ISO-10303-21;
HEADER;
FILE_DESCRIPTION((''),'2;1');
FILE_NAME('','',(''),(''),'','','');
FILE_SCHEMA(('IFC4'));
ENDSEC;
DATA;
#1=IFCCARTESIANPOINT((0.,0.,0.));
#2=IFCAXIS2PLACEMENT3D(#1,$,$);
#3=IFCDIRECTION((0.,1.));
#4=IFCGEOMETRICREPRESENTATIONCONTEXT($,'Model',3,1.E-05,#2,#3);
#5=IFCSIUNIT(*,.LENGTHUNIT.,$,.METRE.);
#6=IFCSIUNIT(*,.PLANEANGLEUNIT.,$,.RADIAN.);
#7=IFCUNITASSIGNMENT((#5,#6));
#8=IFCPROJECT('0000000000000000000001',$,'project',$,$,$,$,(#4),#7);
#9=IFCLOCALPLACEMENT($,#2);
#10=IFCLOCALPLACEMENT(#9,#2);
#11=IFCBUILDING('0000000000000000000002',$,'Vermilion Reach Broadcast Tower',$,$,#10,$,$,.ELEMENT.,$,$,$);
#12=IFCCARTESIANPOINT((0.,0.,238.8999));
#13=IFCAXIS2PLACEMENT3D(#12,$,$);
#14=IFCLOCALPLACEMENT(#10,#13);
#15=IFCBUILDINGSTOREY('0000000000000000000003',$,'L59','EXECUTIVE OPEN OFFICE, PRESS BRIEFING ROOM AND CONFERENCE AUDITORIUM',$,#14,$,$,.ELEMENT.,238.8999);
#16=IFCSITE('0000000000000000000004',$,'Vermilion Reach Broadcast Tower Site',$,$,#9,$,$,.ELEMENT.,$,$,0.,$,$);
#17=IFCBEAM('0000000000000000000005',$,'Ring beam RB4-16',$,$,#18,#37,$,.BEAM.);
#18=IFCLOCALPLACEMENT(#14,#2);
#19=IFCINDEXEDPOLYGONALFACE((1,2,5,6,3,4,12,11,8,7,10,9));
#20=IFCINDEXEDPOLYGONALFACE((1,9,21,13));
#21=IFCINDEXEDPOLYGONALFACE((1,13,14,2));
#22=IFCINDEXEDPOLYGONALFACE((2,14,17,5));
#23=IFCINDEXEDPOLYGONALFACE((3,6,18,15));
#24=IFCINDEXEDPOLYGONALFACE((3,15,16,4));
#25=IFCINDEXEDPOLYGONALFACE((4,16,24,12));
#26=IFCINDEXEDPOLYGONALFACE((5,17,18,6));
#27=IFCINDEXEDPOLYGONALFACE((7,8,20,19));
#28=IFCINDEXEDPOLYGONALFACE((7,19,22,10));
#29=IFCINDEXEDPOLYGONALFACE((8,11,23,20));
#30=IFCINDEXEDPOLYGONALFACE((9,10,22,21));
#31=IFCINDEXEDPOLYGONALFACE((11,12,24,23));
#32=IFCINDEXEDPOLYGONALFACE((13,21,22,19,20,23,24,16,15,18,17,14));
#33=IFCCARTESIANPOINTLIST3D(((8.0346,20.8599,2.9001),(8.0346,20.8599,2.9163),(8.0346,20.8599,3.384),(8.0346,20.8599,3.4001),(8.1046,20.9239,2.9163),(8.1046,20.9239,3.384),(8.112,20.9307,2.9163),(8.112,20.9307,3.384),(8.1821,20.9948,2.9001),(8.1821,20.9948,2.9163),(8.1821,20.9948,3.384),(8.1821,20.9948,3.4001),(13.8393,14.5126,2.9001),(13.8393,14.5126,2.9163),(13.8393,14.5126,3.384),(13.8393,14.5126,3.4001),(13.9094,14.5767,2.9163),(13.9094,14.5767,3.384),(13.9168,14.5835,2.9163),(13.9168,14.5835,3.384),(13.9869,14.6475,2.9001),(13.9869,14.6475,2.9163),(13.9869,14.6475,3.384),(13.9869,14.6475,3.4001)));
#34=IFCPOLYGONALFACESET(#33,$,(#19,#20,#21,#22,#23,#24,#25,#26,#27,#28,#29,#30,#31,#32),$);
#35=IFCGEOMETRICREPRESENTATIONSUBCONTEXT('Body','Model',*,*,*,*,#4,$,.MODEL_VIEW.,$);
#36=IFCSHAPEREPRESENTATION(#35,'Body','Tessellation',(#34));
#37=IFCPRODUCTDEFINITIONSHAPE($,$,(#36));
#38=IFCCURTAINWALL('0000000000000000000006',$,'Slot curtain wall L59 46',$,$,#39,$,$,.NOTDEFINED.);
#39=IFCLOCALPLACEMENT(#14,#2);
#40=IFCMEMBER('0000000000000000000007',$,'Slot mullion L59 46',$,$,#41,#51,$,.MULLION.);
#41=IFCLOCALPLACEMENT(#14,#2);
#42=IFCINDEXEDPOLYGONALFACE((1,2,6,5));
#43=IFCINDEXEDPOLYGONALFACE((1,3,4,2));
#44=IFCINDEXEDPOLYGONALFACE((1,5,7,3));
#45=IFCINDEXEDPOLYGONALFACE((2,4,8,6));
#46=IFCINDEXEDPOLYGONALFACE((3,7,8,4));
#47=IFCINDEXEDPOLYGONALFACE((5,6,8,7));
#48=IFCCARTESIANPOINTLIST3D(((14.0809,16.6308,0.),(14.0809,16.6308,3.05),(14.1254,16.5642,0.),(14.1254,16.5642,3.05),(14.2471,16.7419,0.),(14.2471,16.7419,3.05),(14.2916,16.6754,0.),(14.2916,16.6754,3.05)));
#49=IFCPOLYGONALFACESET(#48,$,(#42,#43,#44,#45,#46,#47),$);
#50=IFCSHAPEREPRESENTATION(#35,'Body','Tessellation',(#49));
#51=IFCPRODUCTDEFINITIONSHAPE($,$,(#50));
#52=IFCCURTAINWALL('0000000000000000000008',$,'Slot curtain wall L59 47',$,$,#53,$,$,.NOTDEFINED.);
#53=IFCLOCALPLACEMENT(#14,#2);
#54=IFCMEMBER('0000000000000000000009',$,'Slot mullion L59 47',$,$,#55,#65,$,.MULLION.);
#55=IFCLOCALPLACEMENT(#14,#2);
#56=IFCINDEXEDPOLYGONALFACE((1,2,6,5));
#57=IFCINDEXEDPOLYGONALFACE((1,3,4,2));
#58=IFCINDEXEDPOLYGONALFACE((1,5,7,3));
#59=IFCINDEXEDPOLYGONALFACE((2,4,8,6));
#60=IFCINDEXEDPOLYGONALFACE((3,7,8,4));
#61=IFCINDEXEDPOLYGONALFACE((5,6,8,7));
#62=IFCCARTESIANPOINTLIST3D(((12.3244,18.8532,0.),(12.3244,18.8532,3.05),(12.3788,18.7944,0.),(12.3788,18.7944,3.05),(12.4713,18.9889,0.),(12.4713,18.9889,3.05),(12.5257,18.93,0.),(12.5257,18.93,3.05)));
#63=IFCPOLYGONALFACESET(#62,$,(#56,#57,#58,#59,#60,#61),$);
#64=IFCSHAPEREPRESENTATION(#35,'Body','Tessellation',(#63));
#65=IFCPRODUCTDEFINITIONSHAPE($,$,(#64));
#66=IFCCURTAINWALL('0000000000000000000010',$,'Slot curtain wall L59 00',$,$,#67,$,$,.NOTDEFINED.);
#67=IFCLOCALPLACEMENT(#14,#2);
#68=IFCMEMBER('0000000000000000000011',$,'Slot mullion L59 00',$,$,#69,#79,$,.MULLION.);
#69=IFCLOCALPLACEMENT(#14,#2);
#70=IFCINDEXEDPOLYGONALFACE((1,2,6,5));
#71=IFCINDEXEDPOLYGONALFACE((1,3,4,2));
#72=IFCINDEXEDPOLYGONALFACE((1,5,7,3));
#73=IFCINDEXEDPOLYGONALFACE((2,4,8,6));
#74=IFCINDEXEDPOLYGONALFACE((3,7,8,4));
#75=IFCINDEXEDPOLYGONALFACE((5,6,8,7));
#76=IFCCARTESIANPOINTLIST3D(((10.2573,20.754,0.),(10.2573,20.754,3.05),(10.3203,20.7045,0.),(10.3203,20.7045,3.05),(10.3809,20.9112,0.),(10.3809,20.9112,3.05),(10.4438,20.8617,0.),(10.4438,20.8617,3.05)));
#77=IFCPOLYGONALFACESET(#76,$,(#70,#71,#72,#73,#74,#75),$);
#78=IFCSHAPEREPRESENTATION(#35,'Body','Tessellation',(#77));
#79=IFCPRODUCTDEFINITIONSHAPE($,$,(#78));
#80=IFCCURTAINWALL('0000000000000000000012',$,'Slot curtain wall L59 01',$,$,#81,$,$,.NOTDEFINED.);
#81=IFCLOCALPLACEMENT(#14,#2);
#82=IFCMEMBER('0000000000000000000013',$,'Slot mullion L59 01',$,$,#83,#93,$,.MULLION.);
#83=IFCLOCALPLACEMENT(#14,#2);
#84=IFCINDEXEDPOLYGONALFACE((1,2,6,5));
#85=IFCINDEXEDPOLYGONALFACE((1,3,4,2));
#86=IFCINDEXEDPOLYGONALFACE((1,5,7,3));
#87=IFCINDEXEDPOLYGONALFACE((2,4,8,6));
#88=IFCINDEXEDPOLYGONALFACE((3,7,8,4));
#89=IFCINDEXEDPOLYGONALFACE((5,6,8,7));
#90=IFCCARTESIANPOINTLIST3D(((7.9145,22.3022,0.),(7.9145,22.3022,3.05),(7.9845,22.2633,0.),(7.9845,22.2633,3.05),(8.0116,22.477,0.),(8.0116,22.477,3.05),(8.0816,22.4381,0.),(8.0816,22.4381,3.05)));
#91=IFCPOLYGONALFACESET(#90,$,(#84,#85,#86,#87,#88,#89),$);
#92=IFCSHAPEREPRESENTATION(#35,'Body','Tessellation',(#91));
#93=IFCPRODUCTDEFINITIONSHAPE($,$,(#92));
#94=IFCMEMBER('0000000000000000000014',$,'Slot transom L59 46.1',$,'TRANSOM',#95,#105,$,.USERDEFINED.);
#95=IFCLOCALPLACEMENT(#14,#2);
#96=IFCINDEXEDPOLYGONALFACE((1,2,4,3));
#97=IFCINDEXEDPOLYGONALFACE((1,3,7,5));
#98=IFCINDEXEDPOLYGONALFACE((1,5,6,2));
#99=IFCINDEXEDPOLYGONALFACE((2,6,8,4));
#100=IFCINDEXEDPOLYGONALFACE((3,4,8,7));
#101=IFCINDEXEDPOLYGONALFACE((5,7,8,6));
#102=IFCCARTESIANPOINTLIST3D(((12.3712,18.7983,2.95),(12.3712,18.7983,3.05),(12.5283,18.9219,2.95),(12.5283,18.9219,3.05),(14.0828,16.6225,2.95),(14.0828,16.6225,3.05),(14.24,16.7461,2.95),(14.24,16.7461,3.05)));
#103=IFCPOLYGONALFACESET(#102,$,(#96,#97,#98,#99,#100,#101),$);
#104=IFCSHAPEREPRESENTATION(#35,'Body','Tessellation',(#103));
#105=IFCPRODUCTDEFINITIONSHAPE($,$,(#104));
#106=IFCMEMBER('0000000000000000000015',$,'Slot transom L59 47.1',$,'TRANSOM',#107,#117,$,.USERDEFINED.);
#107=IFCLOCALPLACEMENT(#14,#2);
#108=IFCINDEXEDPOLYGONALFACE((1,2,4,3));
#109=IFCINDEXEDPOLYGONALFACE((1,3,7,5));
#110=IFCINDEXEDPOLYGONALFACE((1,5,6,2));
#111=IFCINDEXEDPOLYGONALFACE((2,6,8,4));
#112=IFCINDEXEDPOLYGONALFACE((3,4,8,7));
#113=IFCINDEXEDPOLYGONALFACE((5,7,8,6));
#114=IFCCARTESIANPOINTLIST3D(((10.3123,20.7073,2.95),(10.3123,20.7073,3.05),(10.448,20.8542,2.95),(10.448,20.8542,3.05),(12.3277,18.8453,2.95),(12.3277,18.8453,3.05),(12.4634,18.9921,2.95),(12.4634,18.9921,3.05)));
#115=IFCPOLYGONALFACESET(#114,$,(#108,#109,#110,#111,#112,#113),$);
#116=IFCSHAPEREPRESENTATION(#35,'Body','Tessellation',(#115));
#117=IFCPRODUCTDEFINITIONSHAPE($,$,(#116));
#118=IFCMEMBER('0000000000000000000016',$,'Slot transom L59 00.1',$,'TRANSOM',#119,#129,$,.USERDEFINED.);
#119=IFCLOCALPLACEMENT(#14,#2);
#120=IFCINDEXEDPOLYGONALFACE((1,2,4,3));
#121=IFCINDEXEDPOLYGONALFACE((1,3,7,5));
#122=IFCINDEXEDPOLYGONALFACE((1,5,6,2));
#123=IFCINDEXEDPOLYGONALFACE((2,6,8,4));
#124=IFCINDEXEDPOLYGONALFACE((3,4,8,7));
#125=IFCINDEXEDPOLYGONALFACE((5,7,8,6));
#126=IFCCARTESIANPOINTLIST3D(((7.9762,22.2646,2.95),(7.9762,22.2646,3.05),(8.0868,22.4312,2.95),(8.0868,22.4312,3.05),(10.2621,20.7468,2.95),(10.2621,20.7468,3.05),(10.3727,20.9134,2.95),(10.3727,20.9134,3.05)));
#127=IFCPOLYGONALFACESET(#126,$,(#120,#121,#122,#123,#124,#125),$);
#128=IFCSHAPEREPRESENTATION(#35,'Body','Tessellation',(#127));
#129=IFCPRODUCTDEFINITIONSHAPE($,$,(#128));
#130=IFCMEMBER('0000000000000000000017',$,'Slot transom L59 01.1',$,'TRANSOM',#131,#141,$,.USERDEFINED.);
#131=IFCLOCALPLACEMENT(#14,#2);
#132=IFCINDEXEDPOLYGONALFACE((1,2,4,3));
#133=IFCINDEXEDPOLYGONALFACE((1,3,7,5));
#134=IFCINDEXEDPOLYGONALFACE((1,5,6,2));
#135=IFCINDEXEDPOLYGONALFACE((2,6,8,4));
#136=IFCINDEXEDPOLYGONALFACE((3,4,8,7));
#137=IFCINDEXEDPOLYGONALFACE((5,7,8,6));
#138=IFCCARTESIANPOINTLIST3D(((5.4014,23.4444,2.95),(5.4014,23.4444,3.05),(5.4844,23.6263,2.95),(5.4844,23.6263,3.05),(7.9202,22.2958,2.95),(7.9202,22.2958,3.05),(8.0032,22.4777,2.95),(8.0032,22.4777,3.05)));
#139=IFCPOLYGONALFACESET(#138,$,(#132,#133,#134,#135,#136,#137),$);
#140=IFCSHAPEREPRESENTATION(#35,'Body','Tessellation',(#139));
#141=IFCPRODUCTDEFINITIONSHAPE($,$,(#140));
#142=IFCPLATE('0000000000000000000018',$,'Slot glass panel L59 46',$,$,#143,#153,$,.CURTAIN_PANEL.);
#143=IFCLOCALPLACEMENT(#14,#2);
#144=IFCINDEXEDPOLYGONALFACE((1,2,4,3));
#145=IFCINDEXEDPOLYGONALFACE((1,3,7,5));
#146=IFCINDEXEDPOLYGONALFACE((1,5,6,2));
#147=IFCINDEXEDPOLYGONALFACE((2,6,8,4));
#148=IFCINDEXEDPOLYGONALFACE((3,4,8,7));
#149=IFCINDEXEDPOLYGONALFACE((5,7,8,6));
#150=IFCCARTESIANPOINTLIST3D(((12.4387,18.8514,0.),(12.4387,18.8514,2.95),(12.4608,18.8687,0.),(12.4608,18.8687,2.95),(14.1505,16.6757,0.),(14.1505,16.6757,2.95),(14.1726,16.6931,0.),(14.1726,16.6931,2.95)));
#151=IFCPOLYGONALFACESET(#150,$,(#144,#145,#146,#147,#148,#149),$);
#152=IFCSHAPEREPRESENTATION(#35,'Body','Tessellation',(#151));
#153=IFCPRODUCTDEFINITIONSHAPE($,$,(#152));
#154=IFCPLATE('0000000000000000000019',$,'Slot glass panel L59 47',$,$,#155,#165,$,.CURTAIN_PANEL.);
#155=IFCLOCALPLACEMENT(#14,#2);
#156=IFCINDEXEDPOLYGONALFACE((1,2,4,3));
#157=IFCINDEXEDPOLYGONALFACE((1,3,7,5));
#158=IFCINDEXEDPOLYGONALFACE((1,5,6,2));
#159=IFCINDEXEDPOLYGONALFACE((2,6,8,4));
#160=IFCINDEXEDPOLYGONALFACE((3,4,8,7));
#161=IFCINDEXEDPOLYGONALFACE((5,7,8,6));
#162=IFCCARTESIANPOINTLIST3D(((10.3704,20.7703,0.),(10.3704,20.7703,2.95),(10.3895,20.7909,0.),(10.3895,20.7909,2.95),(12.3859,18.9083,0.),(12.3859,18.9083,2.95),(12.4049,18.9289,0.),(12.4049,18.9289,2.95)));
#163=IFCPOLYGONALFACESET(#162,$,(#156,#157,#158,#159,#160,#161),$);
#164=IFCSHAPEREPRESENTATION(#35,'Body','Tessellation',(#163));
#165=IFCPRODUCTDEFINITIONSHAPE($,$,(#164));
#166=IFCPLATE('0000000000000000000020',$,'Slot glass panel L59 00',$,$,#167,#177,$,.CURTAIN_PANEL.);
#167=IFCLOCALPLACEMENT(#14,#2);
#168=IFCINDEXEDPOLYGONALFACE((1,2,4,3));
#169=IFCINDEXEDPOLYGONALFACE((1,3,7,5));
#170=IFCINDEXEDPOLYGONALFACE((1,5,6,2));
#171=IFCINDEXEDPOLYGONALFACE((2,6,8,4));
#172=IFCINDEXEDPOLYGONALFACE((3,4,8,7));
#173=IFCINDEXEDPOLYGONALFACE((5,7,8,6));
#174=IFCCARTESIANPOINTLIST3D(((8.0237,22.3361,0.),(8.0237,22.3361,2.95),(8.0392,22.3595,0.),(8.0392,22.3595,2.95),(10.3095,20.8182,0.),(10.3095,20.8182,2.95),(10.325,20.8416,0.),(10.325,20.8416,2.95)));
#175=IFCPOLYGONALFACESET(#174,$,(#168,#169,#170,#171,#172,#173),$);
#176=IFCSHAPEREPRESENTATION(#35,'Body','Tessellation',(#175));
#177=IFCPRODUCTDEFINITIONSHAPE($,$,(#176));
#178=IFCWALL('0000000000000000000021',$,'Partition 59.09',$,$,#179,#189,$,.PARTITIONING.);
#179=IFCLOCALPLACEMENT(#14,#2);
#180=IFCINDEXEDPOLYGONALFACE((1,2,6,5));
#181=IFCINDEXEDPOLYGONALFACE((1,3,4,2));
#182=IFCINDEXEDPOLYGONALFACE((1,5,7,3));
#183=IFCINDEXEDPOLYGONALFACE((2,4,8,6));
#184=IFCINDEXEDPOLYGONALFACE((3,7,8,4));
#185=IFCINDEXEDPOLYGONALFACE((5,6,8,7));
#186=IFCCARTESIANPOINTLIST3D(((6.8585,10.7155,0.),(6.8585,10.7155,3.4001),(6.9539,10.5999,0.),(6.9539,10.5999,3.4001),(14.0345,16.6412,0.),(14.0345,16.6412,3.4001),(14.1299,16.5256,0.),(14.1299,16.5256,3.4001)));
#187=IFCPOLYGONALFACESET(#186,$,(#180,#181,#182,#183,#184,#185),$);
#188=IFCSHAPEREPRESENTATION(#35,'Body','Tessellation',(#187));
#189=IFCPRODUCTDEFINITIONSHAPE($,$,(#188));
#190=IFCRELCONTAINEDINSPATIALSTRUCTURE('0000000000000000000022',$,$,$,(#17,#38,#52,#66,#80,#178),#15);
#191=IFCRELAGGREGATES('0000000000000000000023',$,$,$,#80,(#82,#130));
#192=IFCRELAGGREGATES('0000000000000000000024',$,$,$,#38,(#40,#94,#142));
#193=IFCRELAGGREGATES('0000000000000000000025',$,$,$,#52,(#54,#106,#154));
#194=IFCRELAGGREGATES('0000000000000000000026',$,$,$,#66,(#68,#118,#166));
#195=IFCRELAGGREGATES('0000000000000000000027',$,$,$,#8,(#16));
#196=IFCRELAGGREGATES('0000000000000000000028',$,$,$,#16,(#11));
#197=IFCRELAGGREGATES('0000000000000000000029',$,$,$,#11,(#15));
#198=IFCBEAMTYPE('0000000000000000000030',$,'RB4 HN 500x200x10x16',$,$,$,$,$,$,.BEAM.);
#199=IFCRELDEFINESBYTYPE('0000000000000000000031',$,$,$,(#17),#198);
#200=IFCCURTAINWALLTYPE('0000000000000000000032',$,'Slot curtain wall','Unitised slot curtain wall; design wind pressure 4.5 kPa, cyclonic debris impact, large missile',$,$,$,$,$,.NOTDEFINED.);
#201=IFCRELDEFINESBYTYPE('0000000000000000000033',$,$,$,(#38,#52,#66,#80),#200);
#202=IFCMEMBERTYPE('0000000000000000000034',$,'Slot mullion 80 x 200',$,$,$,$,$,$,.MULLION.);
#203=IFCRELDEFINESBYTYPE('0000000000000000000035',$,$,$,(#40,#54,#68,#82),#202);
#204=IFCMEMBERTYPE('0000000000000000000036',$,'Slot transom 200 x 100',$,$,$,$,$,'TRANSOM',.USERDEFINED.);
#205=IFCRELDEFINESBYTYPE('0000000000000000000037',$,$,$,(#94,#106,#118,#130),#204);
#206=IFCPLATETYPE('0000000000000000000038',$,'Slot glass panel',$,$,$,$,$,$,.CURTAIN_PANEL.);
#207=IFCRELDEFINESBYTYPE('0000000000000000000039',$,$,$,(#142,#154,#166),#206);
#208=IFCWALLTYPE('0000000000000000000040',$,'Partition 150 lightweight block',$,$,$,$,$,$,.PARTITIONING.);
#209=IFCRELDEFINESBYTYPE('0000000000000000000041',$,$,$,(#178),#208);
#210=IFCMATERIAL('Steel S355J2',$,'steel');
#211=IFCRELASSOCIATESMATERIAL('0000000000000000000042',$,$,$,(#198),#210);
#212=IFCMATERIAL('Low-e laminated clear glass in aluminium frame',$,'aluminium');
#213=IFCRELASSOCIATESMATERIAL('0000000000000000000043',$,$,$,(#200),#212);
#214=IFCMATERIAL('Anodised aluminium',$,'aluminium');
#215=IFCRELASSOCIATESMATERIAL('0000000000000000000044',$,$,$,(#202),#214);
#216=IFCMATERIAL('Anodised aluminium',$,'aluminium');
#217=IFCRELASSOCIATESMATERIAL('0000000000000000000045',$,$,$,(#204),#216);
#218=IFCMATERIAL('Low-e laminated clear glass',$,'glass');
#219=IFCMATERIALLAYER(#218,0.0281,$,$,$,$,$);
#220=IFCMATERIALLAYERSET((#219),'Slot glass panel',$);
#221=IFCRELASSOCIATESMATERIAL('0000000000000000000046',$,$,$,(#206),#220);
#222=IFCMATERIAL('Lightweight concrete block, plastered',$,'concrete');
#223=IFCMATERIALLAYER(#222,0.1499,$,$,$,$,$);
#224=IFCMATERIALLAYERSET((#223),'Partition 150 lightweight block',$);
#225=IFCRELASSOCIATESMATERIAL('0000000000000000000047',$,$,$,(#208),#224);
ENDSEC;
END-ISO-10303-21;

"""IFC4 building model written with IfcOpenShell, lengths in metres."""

from ifc_helpers import new_model, si_unit, direction, frame, frame_2d, origin, origin_2d, place, context, subcontext, project, spatial, rectangle, i_section, extrude, material, layer, layer_set, material_profile, profile_set, type_object, element, aggregate, save


model = new_model("IFC4")

# Units and contexts
model_context = context("Model", 3, precision=1e-05, world=origin(), true_north=direction((0.0, 1.0)))
body_context = subcontext(model_context, "Body", "Model", "MODEL_VIEW")
ifc_project = project(units=[si_unit("LENGTHUNIT", "METRE"), si_unit("PLANEANGLEUNIT", "RADIAN")], contexts=[model_context])

# Site, building, storey
site_placement = place(None, origin())
site = spatial("IfcSite", under=ifc_project, at=site_placement, Name="Vermilion Reach Broadcast Tower Site", CompositionType="ELEMENT", RefElevation=0.0)
building_placement = place(site_placement, origin())
building = spatial("IfcBuilding", under=site, at=building_placement, Name="Vermilion Reach Broadcast Tower", CompositionType="ELEMENT")
storey_placement = place(building_placement, frame((0.0, 0.0, 238.8999)))
storey = spatial("IfcBuildingStorey", under=building, at=storey_placement, Name="L59", Description="EXECUTIVE OPEN OFFICE, PRESS BRIEFING ROOM AND CONFERENCE AUDITORIUM", CompositionType="ELEMENT", Elevation=238.8999)

# Beam
ifc_material_1 = material(Name="Steel S355J2", Category="steel")
ifc_material_profile_1 = material_profile(ifc_material_1, i_section(OverallWidth=0.2, OverallDepth=0.5, WebThickness=0.01, FlangeThickness=0.0161, at=origin_2d()), Name="S355J2 HN 500x200x10x16")
ifc_profile_set_1 = profile_set([ifc_material_profile_1], Name="Steel S355J2")
beam_type_1 = type_object("IfcBeamType", Name="RB4 HN 500x200x10x16", PredefinedType="BEAM", material=ifc_profile_set_1)
beam_1_placement = place(storey_placement, frame((13.9131, 14.5801, 3.1501), z_axis=(-0.674868, 0.737938, 0.0), x_axis=(-0.737938, -0.674868, 0.0)))
element("IfcBeam", 1, at=beam_1_placement, inside=storey, type_object=beam_type_1, Name="Ring beam RB4-16", PredefinedType="BEAM", context=body_context, shape_type="SweptSolid", body=[
    extrude(i_section(OverallWidth=0.2, OverallDepth=0.5, WebThickness=0.01, FlangeThickness=0.0161, at=origin_2d()), origin(), (0.0, 0.0, 1.0), 8.6013),
])

# Curtain walls, members
ifc_material_2 = material(Name="Low-e laminated clear glass in aluminium frame", Category="aluminium")
curtain_wall_type = type_object("IfcCurtainWallType", Name="Slot curtain wall", Description="Unitised slot curtain wall; design wind pressure 4.5 kPa, cyclonic debris impact, large missile", PredefinedType="NOTDEFINED", material=ifc_material_2)
placement = place(storey_placement, origin())
curtain_wall_1 = element("IfcCurtainWall", 2, at=placement, inside=storey, type_object=curtain_wall_type, Name="Slot curtain wall L59 46", PredefinedType="NOTDEFINED")
ifc_material_3 = material(Name="Anodised aluminium", Category="aluminium")
ifc_material_profile_2 = material_profile(ifc_material_3, rectangle(XDim=0.2, YDim=0.0801, at=origin_2d()), Name="Slot mullion 80 x 200")
ifc_profile_set_2 = profile_set([ifc_material_profile_2], Name="Anodised aluminium")
member_type_1 = type_object("IfcMemberType", Name="Slot mullion 80 x 200", PredefinedType="MULLION", material=ifc_profile_set_2)
member_1_placement = place(storey_placement, frame((14.1863, 16.6531, 0.0), z_axis=(0.0, 0.0, 1.0), x_axis=(-0.831309, -0.55581, 0.0)))
member_1 = element("IfcMember", 3, at=member_1_placement, type_object=member_type_1, Name="Slot mullion L59 46", PredefinedType="MULLION", context=body_context, shape_type="SweptSolid", body=[
    extrude(rectangle(XDim=0.2, YDim=0.0801, at=origin_2d()), origin(), (0.0, 0.0, 1.0), 3.05),
])
curtain_wall_2 = element("IfcCurtainWall", 4, at=placement, inside=storey, type_object=curtain_wall_type, Name="Slot curtain wall L59 47", PredefinedType="NOTDEFINED")
member_2_placement = place(storey_placement, frame((12.425, 18.8916, 0.0), z_axis=(0.0, 0.0, 1.0), x_axis=(-0.734546, -0.678559, 0.0)))
member_2 = element("IfcMember", 5, at=member_2_placement, type_object=member_type_1, Name="Slot mullion L59 47", PredefinedType="MULLION", context=body_context, shape_type="SweptSolid", body=[
    extrude(rectangle(XDim=0.2, YDim=0.0801, at=origin_2d()), origin(), (0.0, 0.0, 1.0), 3.05),
])
curtain_wall_3 = element("IfcCurtainWall", 6, at=placement, inside=storey, type_object=curtain_wall_type, Name="Slot curtain wall L59 00", PredefinedType="NOTDEFINED")
member_3_placement = place(storey_placement, frame((10.3506, 20.8079, 0.0), z_axis=(0.0, 0.0, 1.0), x_axis=(-0.61786, -0.786288, 0.0)))
member_3 = element("IfcMember", 7, at=member_3_placement, type_object=member_type_1, Name="Slot mullion L59 00", PredefinedType="MULLION", context=body_context, shape_type="SweptSolid", body=[
    extrude(rectangle(XDim=0.2, YDim=0.0801, at=origin_2d()), origin(), (0.0, 0.0, 1.0), 3.05),
])
curtain_wall_4 = element("IfcCurtainWall", 8, at=placement, inside=storey, type_object=curtain_wall_type, Name="Slot curtain wall L59 01", PredefinedType="NOTDEFINED")
member_4_placement = place(storey_placement, frame((7.998, 22.3701, 0.0), z_axis=(0.0, 0.0, 1.0), x_axis=(-0.485589, -0.874187, 0.0)))
member_4 = element("IfcMember", 9, at=member_4_placement, type_object=member_type_1, Name="Slot mullion L59 01", PredefinedType="MULLION", context=body_context, shape_type="SweptSolid", body=[
    extrude(rectangle(XDim=0.2, YDim=0.0801, at=origin_2d()), origin(), (0.0, 0.0, 1.0), 3.05),
])

# Members
ifc_material_4 = material(Name="Anodised aluminium", Category="aluminium")
ifc_material_profile_3 = material_profile(ifc_material_4, rectangle(XDim=0.2, YDim=0.1001, at=origin_2d()), Name="Slot transom 200 x 100")
ifc_profile_set_3 = profile_set([ifc_material_profile_3], Name="Anodised aluminium")
member_type_2 = type_object("IfcMemberType", Name="Slot transom 200 x 100", ElementType="TRANSOM", PredefinedType="USERDEFINED", material=ifc_profile_set_3)
member_5_placement = place(storey_placement, frame((14.1614, 16.6843, 3.0), z_axis=(-0.618297, 0.785945, 0.0), x_axis=(-0.785945, -0.618297, 0.0)))
member_5 = element("IfcMember", 10, at=member_5_placement, type_object=member_type_2, Name="Slot transom L59 46.1", ObjectType="TRANSOM", PredefinedType="USERDEFINED", context=body_context, shape_type="SweptSolid", body=[
    extrude(rectangle(XDim=0.2, YDim=0.1001, at=origin_2d()), origin(), (0.0, 0.0, 1.0), 2.7683),
])
member_6_placement = place(storey_placement, frame((12.3955, 18.9187, 3.0), z_axis=(-0.734493, 0.678616, 0.0), x_axis=(-0.678616, -0.734493, 0.0)))
member_6 = element("IfcMember", 11, at=member_6_placement, type_object=member_type_2, Name="Slot transom L59 47.1", ObjectType="TRANSOM", PredefinedType="USERDEFINED", context=body_context, shape_type="SweptSolid", body=[
    extrude(rectangle(XDim=0.2, YDim=0.1001, at=origin_2d()), origin(), (0.0, 0.0, 1.0), 2.7439),
])
member_7_placement = place(storey_placement, frame((10.3174, 20.8301, 3.0), z_axis=(-0.833076, 0.553159, 0.0), x_axis=(-0.553159, -0.833076, 0.0)))
member_7 = element("IfcMember", 12, at=member_7_placement, type_object=member_type_2, Name="Slot transom L59 00.1", ObjectType="TRANSOM", PredefinedType="USERDEFINED", context=body_context, shape_type="SweptSolid", body=[
    extrude(rectangle(XDim=0.2, YDim=0.1001, at=origin_2d()), origin(), (0.0, 0.0, 1.0), 2.7439),
])
member_8_placement = place(storey_placement, frame((7.9617, 22.3867, 3.0), z_axis=(-0.909852, 0.414932, 0.0), x_axis=(-0.414932, -0.909852, 0.0)))
member_8 = element("IfcMember", 13, at=member_8_placement, type_object=member_type_2, Name="Slot transom L59 01.1", ObjectType="TRANSOM", PredefinedType="USERDEFINED", context=body_context, shape_type="SweptSolid", body=[
    extrude(rectangle(XDim=0.2, YDim=0.1001, at=origin_2d()), origin(), (0.0, 0.0, 1.0), 2.7683),
])
aggregate(curtain_wall_4, [member_4, member_8])

# Plates
ifc_material_5 = material(Name="Low-e laminated clear glass", Category="glass")
ifc_layer_1 = layer(ifc_material_5, 0.0281)
ifc_layer_set_1 = layer_set([ifc_layer_1], Name="Slot glass panel")
plate_type = type_object("IfcPlateType", Name="Slot glass panel", PredefinedType="CURTAIN_PANEL", material=ifc_layer_set_1)
plate_1_placement = place(storey_placement, frame((13.3057, 17.7722, 0.0), z_axis=(0.0, 0.0, 1.0), x_axis=(-0.618346, 0.785906, 0.0)))
plate_1 = element("IfcPlate", 14, at=plate_1_placement, type_object=plate_type, Name="Slot glass panel L59 46", PredefinedType="CURTAIN_PANEL", context=body_context, shape_type="SweptSolid", body=[
    extrude(rectangle(XDim=2.7683, YDim=0.0281, at=origin_2d()), origin(), (0.0, 0.0, 1.0), 2.95),
])
aggregate(curtain_wall_1, [member_1, member_5, plate_1])
plate_2_placement = place(storey_placement, frame((11.3877, 19.8496, 0.0), z_axis=(0.0, 0.0, 1.0), x_axis=(-0.734521, 0.678586, 0.0)))
plate_2 = element("IfcPlate", 15, at=plate_2_placement, type_object=plate_type, Name="Slot glass panel L59 47", PredefinedType="CURTAIN_PANEL", context=body_context, shape_type="SweptSolid", body=[
    extrude(rectangle(XDim=2.7439, YDim=0.0281, at=origin_2d()), origin(), (0.0, 0.0, 1.0), 2.95),
])
aggregate(curtain_wall_2, [member_2, member_6, plate_2])
plate_3_placement = place(storey_placement, frame((9.1743, 21.5889, 0.0), z_axis=(0.0, 0.0, 1.0), x_axis=(-0.833049, 0.553199, 0.0)))
plate_3 = element("IfcPlate", 16, at=plate_3_placement, type_object=plate_type, Name="Slot glass panel L59 00", PredefinedType="CURTAIN_PANEL", context=body_context, shape_type="SweptSolid", body=[
    extrude(rectangle(XDim=2.7439, YDim=0.0281, at=origin_2d()), origin(), (0.0, 0.0, 1.0), 2.95),
])
aggregate(curtain_wall_3, [member_3, member_7, plate_3])

# Wall
ifc_material_6 = material(Name="Lightweight concrete block, plastered", Category="concrete")
ifc_layer_2 = layer(ifc_material_6, 0.1499)
ifc_layer_set_2 = layer_set([ifc_layer_2], Name="Partition 150 lightweight block")
wall_type = type_object("IfcWallType", Name="Partition 150 lightweight block", PredefinedType="PARTITIONING", material=ifc_layer_set_2)
wall_placement = place(storey_placement, frame((14.0823, 16.5835, 0.0), z_axis=(0.0, 0.0, 1.0), x_axis=(-0.77108, -0.636738, 0.0)))
element("IfcWall", 17, at=wall_placement, inside=storey, type_object=wall_type, Name="Partition 59.09", PredefinedType="PARTITIONING", context=body_context, shape_type="SweptSolid", body=[
    extrude(rectangle(XDim=9.3064, YDim=0.1499, at=frame_2d((4.6533, 0.0))), origin(), (0.0, 0.0, 1.0), 3.4001),
])

save(model, "model.ifc")
